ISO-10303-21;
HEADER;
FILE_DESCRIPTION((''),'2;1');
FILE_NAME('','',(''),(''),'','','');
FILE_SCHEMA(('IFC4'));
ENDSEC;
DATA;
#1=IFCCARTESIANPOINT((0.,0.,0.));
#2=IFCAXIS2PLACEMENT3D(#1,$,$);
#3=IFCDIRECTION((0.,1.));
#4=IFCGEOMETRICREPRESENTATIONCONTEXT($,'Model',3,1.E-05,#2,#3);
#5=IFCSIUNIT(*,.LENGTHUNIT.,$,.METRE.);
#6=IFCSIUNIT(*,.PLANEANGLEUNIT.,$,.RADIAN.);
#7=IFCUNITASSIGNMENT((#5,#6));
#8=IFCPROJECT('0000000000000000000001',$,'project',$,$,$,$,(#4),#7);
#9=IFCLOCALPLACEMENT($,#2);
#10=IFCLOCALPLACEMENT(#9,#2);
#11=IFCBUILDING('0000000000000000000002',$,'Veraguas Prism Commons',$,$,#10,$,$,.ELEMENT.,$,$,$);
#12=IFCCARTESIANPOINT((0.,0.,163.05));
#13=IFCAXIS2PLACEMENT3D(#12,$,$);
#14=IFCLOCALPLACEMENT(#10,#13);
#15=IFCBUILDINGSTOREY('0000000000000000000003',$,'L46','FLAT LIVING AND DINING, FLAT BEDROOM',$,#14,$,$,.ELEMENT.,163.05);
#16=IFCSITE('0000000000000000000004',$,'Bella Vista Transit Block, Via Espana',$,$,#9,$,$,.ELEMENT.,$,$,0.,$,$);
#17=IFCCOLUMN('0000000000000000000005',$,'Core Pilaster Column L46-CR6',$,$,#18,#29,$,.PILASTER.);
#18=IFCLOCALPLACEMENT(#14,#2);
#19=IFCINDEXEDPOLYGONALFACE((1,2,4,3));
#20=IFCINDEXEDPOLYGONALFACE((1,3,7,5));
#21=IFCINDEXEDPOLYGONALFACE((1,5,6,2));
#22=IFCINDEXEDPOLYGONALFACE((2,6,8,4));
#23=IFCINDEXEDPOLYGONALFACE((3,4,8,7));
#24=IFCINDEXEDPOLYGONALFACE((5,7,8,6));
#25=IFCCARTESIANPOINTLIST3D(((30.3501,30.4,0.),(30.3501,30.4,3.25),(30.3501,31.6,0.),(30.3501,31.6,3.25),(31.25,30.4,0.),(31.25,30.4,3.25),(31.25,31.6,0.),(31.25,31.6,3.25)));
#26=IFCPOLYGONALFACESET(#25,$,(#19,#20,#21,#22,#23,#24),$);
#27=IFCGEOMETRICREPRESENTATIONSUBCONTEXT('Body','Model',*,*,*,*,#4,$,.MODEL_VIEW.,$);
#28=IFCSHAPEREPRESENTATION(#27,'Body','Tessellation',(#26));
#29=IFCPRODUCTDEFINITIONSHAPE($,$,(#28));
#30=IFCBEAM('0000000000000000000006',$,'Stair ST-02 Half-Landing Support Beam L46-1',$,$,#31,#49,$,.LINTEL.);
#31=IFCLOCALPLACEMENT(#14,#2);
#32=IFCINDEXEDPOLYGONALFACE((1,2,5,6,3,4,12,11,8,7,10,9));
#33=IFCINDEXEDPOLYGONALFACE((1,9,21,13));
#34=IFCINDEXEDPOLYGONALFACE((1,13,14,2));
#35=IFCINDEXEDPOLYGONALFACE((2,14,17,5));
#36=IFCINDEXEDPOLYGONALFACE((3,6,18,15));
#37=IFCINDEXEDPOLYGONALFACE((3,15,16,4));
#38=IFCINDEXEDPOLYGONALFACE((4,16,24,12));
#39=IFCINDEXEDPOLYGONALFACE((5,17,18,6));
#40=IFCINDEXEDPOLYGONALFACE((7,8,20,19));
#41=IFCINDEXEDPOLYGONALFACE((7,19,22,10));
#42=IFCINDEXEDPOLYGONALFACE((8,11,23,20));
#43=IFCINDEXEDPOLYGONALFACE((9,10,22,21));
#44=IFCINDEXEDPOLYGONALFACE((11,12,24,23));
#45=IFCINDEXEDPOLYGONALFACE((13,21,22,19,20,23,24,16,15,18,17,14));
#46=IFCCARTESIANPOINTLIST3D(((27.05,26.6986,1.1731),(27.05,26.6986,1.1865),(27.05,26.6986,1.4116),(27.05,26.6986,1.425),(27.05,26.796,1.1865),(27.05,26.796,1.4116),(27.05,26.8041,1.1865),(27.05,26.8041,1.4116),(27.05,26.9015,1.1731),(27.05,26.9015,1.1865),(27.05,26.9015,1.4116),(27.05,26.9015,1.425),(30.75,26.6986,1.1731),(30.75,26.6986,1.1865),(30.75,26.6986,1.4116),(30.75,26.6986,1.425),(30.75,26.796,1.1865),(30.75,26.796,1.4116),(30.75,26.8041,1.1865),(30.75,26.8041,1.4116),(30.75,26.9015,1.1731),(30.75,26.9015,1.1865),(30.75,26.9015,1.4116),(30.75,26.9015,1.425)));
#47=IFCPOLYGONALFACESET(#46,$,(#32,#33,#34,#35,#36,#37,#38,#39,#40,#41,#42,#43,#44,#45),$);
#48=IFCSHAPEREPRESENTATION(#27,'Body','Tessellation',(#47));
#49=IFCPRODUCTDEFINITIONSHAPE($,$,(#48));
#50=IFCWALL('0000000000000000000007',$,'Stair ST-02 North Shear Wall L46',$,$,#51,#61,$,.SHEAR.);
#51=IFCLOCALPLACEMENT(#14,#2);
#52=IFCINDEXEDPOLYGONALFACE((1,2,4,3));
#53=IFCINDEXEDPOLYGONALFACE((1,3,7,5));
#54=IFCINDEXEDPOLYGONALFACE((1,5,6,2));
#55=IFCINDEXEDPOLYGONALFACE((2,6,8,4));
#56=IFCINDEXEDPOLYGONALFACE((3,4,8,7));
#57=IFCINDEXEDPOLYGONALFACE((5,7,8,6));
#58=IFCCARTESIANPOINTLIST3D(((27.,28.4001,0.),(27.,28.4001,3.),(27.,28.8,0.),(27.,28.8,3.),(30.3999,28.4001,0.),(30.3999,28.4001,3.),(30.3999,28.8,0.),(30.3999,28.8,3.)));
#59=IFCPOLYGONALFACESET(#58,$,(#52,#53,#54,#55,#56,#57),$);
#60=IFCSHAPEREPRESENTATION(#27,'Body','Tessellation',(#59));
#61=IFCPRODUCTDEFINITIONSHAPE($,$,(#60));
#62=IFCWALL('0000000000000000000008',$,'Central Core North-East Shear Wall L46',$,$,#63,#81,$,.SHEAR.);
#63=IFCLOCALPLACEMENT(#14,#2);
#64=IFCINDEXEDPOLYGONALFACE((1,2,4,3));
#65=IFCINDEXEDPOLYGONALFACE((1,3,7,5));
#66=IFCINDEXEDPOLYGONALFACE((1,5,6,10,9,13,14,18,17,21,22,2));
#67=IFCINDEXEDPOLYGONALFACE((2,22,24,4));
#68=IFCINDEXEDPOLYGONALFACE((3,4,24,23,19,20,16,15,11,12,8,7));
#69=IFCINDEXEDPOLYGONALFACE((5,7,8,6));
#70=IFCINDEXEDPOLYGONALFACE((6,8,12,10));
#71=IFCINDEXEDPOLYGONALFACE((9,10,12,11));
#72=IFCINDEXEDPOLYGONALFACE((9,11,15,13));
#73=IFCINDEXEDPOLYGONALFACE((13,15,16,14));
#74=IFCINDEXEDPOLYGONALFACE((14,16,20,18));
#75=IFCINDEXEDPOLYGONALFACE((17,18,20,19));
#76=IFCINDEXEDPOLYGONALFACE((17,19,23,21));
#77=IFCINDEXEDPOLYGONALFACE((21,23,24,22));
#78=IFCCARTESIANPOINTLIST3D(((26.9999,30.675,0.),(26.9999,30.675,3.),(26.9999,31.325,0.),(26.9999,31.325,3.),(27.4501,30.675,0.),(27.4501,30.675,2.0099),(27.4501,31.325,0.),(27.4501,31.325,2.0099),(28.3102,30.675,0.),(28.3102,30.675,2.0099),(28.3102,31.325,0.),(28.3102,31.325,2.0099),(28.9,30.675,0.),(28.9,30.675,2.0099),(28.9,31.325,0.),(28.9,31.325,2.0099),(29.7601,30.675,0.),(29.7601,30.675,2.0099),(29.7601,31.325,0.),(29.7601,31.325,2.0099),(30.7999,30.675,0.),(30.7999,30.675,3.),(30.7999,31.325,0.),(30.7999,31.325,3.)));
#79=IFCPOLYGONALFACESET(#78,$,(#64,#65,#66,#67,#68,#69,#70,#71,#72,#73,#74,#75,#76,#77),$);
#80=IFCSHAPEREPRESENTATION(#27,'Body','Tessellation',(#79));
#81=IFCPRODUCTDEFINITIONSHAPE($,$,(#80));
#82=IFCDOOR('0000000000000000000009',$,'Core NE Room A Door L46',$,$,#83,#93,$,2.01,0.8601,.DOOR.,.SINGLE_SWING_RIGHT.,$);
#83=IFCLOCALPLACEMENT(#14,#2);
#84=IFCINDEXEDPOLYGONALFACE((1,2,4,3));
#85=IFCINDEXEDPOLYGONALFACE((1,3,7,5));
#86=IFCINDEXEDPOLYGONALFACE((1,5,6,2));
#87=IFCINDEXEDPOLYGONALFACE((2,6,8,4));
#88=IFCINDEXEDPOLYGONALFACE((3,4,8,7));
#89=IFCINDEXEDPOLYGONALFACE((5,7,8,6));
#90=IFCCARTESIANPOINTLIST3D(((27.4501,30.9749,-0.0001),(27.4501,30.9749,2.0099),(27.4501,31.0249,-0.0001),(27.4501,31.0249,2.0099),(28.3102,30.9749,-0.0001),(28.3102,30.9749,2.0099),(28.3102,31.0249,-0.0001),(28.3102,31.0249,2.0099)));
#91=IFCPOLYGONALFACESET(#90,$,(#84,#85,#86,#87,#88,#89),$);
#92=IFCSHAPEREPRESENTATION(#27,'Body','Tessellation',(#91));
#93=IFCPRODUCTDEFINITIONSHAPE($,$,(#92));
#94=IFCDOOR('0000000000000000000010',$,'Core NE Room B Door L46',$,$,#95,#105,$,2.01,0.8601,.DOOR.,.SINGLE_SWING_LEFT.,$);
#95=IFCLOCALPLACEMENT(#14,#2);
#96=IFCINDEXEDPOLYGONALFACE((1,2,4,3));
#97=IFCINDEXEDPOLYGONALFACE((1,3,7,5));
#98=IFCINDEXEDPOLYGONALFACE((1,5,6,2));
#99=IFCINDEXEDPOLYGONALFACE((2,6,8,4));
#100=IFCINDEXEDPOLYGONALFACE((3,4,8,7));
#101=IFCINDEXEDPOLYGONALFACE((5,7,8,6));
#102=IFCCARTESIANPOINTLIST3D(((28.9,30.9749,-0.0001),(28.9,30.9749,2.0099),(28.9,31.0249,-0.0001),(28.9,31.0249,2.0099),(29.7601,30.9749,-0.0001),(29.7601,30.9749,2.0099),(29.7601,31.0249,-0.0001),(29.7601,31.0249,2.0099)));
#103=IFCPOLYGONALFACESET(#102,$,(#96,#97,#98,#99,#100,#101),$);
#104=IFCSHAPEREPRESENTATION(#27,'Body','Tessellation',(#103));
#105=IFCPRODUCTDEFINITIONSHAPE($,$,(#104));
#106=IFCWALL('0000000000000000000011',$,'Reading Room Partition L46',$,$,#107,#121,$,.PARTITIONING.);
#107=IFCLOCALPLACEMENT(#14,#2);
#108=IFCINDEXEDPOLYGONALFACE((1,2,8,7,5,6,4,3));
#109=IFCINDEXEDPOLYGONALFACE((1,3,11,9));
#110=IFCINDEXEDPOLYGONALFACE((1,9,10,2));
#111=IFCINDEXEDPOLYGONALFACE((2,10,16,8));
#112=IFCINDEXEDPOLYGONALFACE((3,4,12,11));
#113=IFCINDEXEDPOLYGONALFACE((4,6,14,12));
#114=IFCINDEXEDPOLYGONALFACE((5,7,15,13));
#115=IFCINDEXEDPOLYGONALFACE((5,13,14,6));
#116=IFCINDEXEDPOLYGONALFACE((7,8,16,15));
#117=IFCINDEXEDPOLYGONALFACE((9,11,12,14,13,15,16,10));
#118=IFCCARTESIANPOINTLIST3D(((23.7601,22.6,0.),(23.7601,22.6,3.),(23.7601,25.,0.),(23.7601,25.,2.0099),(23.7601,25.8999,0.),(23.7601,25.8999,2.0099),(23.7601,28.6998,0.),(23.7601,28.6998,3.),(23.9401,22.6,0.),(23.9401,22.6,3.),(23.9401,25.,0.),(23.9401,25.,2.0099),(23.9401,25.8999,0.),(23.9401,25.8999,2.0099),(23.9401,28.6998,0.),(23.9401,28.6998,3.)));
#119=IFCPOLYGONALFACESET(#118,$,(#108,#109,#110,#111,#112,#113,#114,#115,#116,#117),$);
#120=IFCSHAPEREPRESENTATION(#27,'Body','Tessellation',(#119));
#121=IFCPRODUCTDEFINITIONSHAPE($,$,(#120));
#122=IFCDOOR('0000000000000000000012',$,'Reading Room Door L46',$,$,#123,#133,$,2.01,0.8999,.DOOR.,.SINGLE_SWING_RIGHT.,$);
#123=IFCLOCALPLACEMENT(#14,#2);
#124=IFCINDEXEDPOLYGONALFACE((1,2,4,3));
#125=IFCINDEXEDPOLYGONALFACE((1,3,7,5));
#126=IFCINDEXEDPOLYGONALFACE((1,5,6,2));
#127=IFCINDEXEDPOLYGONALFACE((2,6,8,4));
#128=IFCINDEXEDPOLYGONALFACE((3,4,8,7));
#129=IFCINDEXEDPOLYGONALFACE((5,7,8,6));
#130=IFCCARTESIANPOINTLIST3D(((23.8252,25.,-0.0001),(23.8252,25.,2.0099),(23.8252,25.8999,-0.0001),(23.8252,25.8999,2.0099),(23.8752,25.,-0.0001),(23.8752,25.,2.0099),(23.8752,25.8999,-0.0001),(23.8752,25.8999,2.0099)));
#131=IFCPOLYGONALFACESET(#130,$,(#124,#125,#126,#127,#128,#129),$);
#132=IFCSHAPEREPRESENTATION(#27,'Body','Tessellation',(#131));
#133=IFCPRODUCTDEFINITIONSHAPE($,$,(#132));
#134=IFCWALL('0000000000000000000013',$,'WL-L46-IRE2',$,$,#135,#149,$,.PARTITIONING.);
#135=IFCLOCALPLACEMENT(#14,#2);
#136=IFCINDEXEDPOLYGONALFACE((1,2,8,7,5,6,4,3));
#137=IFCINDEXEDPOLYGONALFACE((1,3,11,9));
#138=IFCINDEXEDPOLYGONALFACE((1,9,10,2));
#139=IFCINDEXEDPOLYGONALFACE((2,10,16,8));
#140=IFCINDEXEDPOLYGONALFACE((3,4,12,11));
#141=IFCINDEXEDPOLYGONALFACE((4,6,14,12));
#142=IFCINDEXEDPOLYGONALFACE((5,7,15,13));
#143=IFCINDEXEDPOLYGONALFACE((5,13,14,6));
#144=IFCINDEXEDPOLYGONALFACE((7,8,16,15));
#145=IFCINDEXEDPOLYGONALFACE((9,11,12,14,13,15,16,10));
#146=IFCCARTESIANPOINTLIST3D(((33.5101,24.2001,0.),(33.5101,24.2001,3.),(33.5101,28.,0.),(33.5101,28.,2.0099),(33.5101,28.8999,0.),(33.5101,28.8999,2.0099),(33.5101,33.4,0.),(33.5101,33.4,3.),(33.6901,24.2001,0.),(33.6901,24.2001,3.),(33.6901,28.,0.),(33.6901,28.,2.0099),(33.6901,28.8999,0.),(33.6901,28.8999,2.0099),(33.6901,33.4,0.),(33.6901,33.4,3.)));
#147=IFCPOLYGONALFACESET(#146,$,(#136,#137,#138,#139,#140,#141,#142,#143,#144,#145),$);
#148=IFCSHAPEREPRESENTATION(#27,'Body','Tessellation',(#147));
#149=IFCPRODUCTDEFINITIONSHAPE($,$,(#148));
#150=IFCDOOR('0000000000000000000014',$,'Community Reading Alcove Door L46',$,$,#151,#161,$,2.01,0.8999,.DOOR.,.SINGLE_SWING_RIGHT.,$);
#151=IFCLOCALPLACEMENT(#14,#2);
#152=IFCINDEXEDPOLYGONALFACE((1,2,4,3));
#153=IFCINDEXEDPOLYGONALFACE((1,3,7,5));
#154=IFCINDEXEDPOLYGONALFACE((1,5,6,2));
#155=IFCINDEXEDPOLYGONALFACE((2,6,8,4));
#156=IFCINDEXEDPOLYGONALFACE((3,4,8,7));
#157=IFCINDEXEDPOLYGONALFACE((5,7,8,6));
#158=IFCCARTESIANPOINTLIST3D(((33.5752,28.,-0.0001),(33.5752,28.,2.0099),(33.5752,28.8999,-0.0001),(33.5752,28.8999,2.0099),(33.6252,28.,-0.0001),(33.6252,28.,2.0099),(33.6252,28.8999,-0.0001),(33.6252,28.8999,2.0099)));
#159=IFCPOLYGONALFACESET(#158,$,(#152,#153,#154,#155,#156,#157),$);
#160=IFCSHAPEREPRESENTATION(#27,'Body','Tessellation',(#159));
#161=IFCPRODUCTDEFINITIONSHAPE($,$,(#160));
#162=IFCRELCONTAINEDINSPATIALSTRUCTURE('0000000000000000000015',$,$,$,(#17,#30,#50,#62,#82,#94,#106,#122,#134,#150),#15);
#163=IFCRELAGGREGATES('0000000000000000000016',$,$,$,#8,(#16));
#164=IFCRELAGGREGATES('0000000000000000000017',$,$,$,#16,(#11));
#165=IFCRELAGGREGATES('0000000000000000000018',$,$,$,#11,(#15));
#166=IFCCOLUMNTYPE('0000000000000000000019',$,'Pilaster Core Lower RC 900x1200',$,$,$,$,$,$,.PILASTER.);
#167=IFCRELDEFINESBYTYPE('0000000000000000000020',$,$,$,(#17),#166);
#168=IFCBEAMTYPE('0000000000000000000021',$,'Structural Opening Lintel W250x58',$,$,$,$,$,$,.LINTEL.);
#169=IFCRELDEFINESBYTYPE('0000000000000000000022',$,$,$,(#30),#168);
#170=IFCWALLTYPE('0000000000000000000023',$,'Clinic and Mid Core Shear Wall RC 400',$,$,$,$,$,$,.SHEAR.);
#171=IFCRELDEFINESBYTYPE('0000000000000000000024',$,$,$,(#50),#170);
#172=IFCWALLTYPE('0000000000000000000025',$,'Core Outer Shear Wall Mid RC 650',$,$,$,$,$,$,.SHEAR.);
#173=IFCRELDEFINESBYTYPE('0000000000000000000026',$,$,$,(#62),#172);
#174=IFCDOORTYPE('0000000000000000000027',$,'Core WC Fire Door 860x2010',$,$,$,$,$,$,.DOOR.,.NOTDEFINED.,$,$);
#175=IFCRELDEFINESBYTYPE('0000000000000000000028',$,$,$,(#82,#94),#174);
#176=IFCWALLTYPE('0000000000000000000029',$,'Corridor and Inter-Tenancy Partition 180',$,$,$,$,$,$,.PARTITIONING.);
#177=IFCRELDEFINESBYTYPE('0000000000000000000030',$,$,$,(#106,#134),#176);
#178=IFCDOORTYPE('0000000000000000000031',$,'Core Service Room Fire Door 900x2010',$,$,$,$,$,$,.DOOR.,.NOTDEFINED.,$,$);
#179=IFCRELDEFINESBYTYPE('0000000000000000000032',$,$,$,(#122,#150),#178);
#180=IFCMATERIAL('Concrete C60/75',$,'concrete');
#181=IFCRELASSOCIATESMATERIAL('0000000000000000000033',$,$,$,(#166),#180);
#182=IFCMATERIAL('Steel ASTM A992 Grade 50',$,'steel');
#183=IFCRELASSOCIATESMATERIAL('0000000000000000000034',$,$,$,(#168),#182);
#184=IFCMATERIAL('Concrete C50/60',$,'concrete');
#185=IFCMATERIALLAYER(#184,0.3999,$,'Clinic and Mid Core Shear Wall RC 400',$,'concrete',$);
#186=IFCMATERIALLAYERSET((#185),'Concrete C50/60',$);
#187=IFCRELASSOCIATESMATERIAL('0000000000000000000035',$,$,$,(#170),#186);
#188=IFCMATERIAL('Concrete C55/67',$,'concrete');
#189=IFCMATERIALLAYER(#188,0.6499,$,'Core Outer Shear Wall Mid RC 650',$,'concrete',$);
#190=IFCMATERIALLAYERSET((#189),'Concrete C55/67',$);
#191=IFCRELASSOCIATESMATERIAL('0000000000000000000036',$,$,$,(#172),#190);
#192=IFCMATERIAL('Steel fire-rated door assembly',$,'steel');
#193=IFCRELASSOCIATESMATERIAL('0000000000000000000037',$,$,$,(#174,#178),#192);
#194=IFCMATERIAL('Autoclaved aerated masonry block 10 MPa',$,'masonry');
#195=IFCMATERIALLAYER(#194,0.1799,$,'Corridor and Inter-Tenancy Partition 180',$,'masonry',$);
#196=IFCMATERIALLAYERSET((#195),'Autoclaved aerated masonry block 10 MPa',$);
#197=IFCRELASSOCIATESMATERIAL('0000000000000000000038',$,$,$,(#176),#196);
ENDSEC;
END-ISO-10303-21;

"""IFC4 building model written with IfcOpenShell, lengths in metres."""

from ifc_helpers import new_model, si_unit, direction, frame, frame_2d, origin, origin_2d, place, context, subcontext, project, spatial, rectangle, i_section, extrude, source, transform, mapped, material, layer, layer_set, material_profile, profile_set, type_object, element, fill, save


model = new_model("IFC4")

# Units and contexts
model_context = context("Model", 3, precision=1e-05, world=origin(), true_north=direction((0.0, 1.0)))
body_context = subcontext(model_context, "Body", "Model", "MODEL_VIEW")
ifc_project = project(units=[si_unit("LENGTHUNIT", "METRE"), si_unit("PLANEANGLEUNIT", "RADIAN")], contexts=[model_context])

# Site, building, storey
site_placement = place(None, origin())
site = spatial("IfcSite", under=ifc_project, at=site_placement, Name="Bella Vista Transit Block, Via Espana", CompositionType="ELEMENT", RefElevation=0.0)
building_placement = place(site_placement, origin())
building = spatial("IfcBuilding", under=site, at=building_placement, Name="Veraguas Prism Commons", CompositionType="ELEMENT")
storey_placement = place(building_placement, frame((0.0, 0.0, 163.05)))
storey = spatial("IfcBuildingStorey", under=building, at=storey_placement, Name="L46", Description="FLAT LIVING AND DINING, FLAT BEDROOM", CompositionType="ELEMENT", Elevation=163.05)

# Column
ifc_material_1 = material(Name="Concrete C60/75", Category="concrete")
ifc_material_profile_1 = material_profile(ifc_material_1, rectangle(XDim=0.8999, YDim=1.2, at=origin_2d()), Name="RC900X1200")
ifc_profile_set_1 = profile_set([ifc_material_profile_1], Name="Concrete C60/75")
column_type = type_object("IfcColumnType", Name="Pilaster Core Lower RC 900x1200", PredefinedType="PILASTER", material=ifc_profile_set_1)
column_placement = place(storey_placement, frame((30.8, 31.0, 0.0), z_axis=(0.0, 0.0, 1.0), x_axis=(1.0, 0.0, 0.0)))
element("IfcColumn", 1, at=column_placement, inside=storey, type_object=column_type, Name="Core Pilaster Column L46-CR6", PredefinedType="PILASTER", context=body_context, shape_type="SweptSolid", body=[
    extrude(rectangle(XDim=0.8999, YDim=1.2, at=origin_2d()), origin(), (0.0, 0.0, 1.0), 3.25),
])

# Beam
ifc_material_2 = material(Name="Steel ASTM A992 Grade 50", Category="steel")
ifc_material_profile_2 = material_profile(ifc_material_2, i_section(OverallWidth=0.2029, OverallDepth=0.252, WebThickness=0.0081, FlangeThickness=0.0134, at=origin_2d()), Name="W250X58")
ifc_profile_set_2 = profile_set([ifc_material_profile_2], Name="Steel ASTM A992 Grade 50")
beam_type = type_object("IfcBeamType", Name="Structural Opening Lintel W250x58", PredefinedType="LINTEL", material=ifc_profile_set_2)
beam_placement = place(storey_placement, frame((27.05, 26.8, 1.2991), z_axis=(1.0, 0.0, 0.0), x_axis=(0.0, 1.0, 0.0)))
element("IfcBeam", 2, at=beam_placement, inside=storey, type_object=beam_type, Name="Stair ST-02 Half-Landing Support Beam L46-1", PredefinedType="LINTEL", context=body_context, shape_type="SweptSolid", body=[
    extrude(i_section(OverallWidth=0.2029, OverallDepth=0.252, WebThickness=0.0081, FlangeThickness=0.0134, at=origin_2d()), origin(), (0.0, 0.0, 1.0), 3.7),
])

# Wall
ifc_material_3 = material(Name="Concrete C50/60", Category="concrete")
ifc_layer_1 = layer(ifc_material_3, 0.3999, Name="Clinic and Mid Core Shear Wall RC 400", Category="concrete")
ifc_layer_set_1 = layer_set([ifc_layer_1], Name="Concrete C50/60")
wall_type_1 = type_object("IfcWallType", Name="Clinic and Mid Core Shear Wall RC 400", PredefinedType="SHEAR", material=ifc_layer_set_1)
wall_1_placement = place(storey_placement, frame((27.0, 28.6001, 0.0), z_axis=(0.0, 0.0, 1.0), x_axis=(1.0, 0.0, 0.0)))
element("IfcWall", 3, at=wall_1_placement, inside=storey, type_object=wall_type_1, Name="Stair ST-02 North Shear Wall L46", PredefinedType="SHEAR", context=body_context, shape_type="SweptSolid", body=[
    extrude(rectangle(XDim=3.3999, YDim=0.3999, at=frame_2d((1.7, 0.0))), origin(), (0.0, 0.0, 1.0), 3.0),
])

# Wall, openings, doors
ifc_material_4 = material(Name="Concrete C55/67", Category="concrete")
ifc_layer_2 = layer(ifc_material_4, 0.6499, Name="Core Outer Shear Wall Mid RC 650", Category="concrete")
ifc_layer_set_2 = layer_set([ifc_layer_2], Name="Concrete C55/67")
wall_type_2 = type_object("IfcWallType", Name="Core Outer Shear Wall Mid RC 650", PredefinedType="SHEAR", material=ifc_layer_set_2)
wall_2_placement = place(storey_placement, frame((27.0, 31.0, 0.0), z_axis=(0.0, 0.0, 1.0), x_axis=(1.0, 0.0, 0.0)))
wall_2 = element("IfcWall", 4, at=wall_2_placement, inside=storey, type_object=wall_type_2, Name="Central Core North-East Shear Wall L46", PredefinedType="SHEAR", context=body_context, shape_type="SweptSolid", body=[
    extrude(rectangle(XDim=3.8, YDim=0.6499, at=frame_2d((1.8999, 0.0))), origin(), (0.0, 0.0, 1.0), 3.0),
])
opening_1_placement = place(wall_2_placement, frame((0.45, 0.0, 0.0)))
opening_1 = element("IfcOpeningElement", 5, at=opening_1_placement, cuts=wall_2, PredefinedType="OPENING", context=body_context, shape_type="SweptSolid", body=[
    extrude(rectangle(XDim=0.8601, YDim=2.01, at=frame_2d((0.4302, 1.0049))), frame((0.0, 0.335, 0.0), z_axis=(0.0, -1.0, 0.0), x_axis=(1.0, 0.0, 0.0)), (0.0, 0.0, 1.0), 0.6699),
])
opening_2_placement = place(wall_2_placement, frame((1.8999, 0.0, 0.0)))
opening_2 = element("IfcOpeningElement", 6, at=opening_2_placement, cuts=wall_2, PredefinedType="OPENING", context=body_context, shape_type="SweptSolid", body=[
    extrude(rectangle(XDim=0.8601, YDim=2.01, at=frame_2d((0.4302, 1.0049))), frame((0.0, 0.335, 0.0), z_axis=(0.0, -1.0, 0.0), x_axis=(1.0, 0.0, 0.0)), (0.0, 0.0, 1.0), 0.6699),
])
ifc_material_5 = material(Name="Steel fire-rated door assembly", Category="steel")
door_type_1 = type_object("IfcDoorType", Name="Core WC Fire Door 860x2010", OperationType="NOTDEFINED", PredefinedType="DOOR", material=ifc_material_5)
shared_shape_1 = source(origin(), body_context, "Body", "SweptSolid", [
    extrude(rectangle(XDim=0.8601, YDim=2.01, at=frame_2d((0.4302, 1.0049))), frame((0.0, 0.0249, 0.0), z_axis=(0.0, -1.0, 0.0), x_axis=(1.0, 0.0, 0.0)), (0.0, 0.0, 1.0), 0.05),
])
door_1_placement = place(opening_1_placement, origin())
door_1 = element("IfcDoor", 7, at=door_1_placement, inside=storey, type_object=door_type_1, Name="Core NE Room A Door L46", OperationType="SINGLE_SWING_RIGHT", OverallHeight=2.01, OverallWidth=0.8601, PredefinedType="DOOR", context=body_context, shape_type="MappedRepresentation", body=[
    mapped(shared_shape_1, transform((0.0, 0.0, 0.0), scale=1.0)),
])
fill(opening_1, door_1)
door_2_placement = place(opening_2_placement, origin())
door_2 = element("IfcDoor", 8, at=door_2_placement, inside=storey, type_object=door_type_1, Name="Core NE Room B Door L46", OperationType="SINGLE_SWING_LEFT", OverallHeight=2.01, OverallWidth=0.8601, PredefinedType="DOOR", context=body_context, shape_type="MappedRepresentation", body=[
    mapped(shared_shape_1, transform((0.0, 0.0, 0.0), scale=1.0)),
])
fill(opening_2, door_2)

# Walls, openings, doors
ifc_material_6 = material(Name="Autoclaved aerated masonry block 10 MPa", Category="masonry")
ifc_layer_3 = layer(ifc_material_6, 0.1799, Name="Corridor and Inter-Tenancy Partition 180", Category="masonry")
ifc_layer_set_3 = layer_set([ifc_layer_3], Name="Autoclaved aerated masonry block 10 MPa")
wall_type_3 = type_object("IfcWallType", Name="Corridor and Inter-Tenancy Partition 180", PredefinedType="PARTITIONING", material=ifc_layer_set_3)
wall_3_placement = place(storey_placement, frame((23.8501, 22.6001, 0.0), z_axis=(0.0, 0.0, 1.0), x_axis=(0.0, 1.0, 0.0)))
wall_3 = element("IfcWall", 9, at=wall_3_placement, inside=storey, type_object=wall_type_3, Name="Reading Room Partition L46", PredefinedType="PARTITIONING", context=body_context, shape_type="SweptSolid", body=[
    extrude(rectangle(XDim=6.0999, YDim=0.1799, at=frame_2d((3.0498, 0.0))), origin(), (0.0, 0.0, 1.0), 3.0),
])
opening_3_placement = place(wall_3_placement, frame((2.3999, 0.0, 0.0)))
opening_3 = element("IfcOpeningElement", 10, at=opening_3_placement, cuts=wall_3, PredefinedType="OPENING", context=body_context, shape_type="SweptSolid", body=[
    extrude(rectangle(XDim=0.8999, YDim=2.01, at=frame_2d((0.45, 1.0049))), frame((0.0, 0.0999, 0.0), z_axis=(0.0, -1.0, 0.0), x_axis=(1.0, 0.0, 0.0)), (0.0, 0.0, 1.0), 0.2),
])
door_type_2 = type_object("IfcDoorType", Name="Core Service Room Fire Door 900x2010", OperationType="NOTDEFINED", PredefinedType="DOOR", material=ifc_material_5)
shared_shape_2 = source(origin(), body_context, "Body", "SweptSolid", [
    extrude(rectangle(XDim=0.8999, YDim=2.01, at=frame_2d((0.45, 1.0049))), frame((0.0, 0.0249, 0.0), z_axis=(0.0, -1.0, 0.0), x_axis=(1.0, 0.0, 0.0)), (0.0, 0.0, 1.0), 0.05),
])
door_3_placement = place(opening_3_placement, origin())
door_3 = element("IfcDoor", 11, at=door_3_placement, inside=storey, type_object=door_type_2, Name="Reading Room Door L46", OperationType="SINGLE_SWING_RIGHT", OverallHeight=2.01, OverallWidth=0.8999, PredefinedType="DOOR", context=body_context, shape_type="MappedRepresentation", body=[
    mapped(shared_shape_2, transform((0.0, 0.0, 0.0), scale=1.0)),
])
fill(opening_3, door_3)
wall_4_placement = place(storey_placement, frame((33.6001, 24.2, 0.0), z_axis=(0.0, 0.0, 1.0), x_axis=(0.0, 1.0, 0.0)))
wall_4 = element("IfcWall", 12, at=wall_4_placement, inside=storey, type_object=wall_type_3, Name="WL-L46-IRE2", PredefinedType="PARTITIONING", context=body_context, shape_type="SweptSolid", body=[
    extrude(rectangle(XDim=9.2, YDim=0.1799, at=frame_2d((4.6001, 0.0))), origin(), (0.0, 0.0, 1.0), 3.0),
])
opening_4_placement = place(wall_4_placement, frame((3.8, 0.0, 0.0)))
opening_4 = element("IfcOpeningElement", 13, at=opening_4_placement, cuts=wall_4, PredefinedType="OPENING", context=body_context, shape_type="SweptSolid", body=[
    extrude(rectangle(XDim=0.8999, YDim=2.01, at=frame_2d((0.45, 1.0049))), frame((0.0, 0.0999, 0.0), z_axis=(0.0, -1.0, 0.0), x_axis=(1.0, 0.0, 0.0)), (0.0, 0.0, 1.0), 0.2),
])
door_4_placement = place(opening_4_placement, origin())
door_4 = element("IfcDoor", 14, at=door_4_placement, inside=storey, type_object=door_type_2, Name="Community Reading Alcove Door L46", OperationType="SINGLE_SWING_RIGHT", OverallHeight=2.01, OverallWidth=0.8999, PredefinedType="DOOR", context=body_context, shape_type="MappedRepresentation", body=[
    mapped(shared_shape_2, transform((0.0, 0.0, 0.0), scale=1.0)),
])
fill(opening_4, door_4)

save(model, "model.ifc")
